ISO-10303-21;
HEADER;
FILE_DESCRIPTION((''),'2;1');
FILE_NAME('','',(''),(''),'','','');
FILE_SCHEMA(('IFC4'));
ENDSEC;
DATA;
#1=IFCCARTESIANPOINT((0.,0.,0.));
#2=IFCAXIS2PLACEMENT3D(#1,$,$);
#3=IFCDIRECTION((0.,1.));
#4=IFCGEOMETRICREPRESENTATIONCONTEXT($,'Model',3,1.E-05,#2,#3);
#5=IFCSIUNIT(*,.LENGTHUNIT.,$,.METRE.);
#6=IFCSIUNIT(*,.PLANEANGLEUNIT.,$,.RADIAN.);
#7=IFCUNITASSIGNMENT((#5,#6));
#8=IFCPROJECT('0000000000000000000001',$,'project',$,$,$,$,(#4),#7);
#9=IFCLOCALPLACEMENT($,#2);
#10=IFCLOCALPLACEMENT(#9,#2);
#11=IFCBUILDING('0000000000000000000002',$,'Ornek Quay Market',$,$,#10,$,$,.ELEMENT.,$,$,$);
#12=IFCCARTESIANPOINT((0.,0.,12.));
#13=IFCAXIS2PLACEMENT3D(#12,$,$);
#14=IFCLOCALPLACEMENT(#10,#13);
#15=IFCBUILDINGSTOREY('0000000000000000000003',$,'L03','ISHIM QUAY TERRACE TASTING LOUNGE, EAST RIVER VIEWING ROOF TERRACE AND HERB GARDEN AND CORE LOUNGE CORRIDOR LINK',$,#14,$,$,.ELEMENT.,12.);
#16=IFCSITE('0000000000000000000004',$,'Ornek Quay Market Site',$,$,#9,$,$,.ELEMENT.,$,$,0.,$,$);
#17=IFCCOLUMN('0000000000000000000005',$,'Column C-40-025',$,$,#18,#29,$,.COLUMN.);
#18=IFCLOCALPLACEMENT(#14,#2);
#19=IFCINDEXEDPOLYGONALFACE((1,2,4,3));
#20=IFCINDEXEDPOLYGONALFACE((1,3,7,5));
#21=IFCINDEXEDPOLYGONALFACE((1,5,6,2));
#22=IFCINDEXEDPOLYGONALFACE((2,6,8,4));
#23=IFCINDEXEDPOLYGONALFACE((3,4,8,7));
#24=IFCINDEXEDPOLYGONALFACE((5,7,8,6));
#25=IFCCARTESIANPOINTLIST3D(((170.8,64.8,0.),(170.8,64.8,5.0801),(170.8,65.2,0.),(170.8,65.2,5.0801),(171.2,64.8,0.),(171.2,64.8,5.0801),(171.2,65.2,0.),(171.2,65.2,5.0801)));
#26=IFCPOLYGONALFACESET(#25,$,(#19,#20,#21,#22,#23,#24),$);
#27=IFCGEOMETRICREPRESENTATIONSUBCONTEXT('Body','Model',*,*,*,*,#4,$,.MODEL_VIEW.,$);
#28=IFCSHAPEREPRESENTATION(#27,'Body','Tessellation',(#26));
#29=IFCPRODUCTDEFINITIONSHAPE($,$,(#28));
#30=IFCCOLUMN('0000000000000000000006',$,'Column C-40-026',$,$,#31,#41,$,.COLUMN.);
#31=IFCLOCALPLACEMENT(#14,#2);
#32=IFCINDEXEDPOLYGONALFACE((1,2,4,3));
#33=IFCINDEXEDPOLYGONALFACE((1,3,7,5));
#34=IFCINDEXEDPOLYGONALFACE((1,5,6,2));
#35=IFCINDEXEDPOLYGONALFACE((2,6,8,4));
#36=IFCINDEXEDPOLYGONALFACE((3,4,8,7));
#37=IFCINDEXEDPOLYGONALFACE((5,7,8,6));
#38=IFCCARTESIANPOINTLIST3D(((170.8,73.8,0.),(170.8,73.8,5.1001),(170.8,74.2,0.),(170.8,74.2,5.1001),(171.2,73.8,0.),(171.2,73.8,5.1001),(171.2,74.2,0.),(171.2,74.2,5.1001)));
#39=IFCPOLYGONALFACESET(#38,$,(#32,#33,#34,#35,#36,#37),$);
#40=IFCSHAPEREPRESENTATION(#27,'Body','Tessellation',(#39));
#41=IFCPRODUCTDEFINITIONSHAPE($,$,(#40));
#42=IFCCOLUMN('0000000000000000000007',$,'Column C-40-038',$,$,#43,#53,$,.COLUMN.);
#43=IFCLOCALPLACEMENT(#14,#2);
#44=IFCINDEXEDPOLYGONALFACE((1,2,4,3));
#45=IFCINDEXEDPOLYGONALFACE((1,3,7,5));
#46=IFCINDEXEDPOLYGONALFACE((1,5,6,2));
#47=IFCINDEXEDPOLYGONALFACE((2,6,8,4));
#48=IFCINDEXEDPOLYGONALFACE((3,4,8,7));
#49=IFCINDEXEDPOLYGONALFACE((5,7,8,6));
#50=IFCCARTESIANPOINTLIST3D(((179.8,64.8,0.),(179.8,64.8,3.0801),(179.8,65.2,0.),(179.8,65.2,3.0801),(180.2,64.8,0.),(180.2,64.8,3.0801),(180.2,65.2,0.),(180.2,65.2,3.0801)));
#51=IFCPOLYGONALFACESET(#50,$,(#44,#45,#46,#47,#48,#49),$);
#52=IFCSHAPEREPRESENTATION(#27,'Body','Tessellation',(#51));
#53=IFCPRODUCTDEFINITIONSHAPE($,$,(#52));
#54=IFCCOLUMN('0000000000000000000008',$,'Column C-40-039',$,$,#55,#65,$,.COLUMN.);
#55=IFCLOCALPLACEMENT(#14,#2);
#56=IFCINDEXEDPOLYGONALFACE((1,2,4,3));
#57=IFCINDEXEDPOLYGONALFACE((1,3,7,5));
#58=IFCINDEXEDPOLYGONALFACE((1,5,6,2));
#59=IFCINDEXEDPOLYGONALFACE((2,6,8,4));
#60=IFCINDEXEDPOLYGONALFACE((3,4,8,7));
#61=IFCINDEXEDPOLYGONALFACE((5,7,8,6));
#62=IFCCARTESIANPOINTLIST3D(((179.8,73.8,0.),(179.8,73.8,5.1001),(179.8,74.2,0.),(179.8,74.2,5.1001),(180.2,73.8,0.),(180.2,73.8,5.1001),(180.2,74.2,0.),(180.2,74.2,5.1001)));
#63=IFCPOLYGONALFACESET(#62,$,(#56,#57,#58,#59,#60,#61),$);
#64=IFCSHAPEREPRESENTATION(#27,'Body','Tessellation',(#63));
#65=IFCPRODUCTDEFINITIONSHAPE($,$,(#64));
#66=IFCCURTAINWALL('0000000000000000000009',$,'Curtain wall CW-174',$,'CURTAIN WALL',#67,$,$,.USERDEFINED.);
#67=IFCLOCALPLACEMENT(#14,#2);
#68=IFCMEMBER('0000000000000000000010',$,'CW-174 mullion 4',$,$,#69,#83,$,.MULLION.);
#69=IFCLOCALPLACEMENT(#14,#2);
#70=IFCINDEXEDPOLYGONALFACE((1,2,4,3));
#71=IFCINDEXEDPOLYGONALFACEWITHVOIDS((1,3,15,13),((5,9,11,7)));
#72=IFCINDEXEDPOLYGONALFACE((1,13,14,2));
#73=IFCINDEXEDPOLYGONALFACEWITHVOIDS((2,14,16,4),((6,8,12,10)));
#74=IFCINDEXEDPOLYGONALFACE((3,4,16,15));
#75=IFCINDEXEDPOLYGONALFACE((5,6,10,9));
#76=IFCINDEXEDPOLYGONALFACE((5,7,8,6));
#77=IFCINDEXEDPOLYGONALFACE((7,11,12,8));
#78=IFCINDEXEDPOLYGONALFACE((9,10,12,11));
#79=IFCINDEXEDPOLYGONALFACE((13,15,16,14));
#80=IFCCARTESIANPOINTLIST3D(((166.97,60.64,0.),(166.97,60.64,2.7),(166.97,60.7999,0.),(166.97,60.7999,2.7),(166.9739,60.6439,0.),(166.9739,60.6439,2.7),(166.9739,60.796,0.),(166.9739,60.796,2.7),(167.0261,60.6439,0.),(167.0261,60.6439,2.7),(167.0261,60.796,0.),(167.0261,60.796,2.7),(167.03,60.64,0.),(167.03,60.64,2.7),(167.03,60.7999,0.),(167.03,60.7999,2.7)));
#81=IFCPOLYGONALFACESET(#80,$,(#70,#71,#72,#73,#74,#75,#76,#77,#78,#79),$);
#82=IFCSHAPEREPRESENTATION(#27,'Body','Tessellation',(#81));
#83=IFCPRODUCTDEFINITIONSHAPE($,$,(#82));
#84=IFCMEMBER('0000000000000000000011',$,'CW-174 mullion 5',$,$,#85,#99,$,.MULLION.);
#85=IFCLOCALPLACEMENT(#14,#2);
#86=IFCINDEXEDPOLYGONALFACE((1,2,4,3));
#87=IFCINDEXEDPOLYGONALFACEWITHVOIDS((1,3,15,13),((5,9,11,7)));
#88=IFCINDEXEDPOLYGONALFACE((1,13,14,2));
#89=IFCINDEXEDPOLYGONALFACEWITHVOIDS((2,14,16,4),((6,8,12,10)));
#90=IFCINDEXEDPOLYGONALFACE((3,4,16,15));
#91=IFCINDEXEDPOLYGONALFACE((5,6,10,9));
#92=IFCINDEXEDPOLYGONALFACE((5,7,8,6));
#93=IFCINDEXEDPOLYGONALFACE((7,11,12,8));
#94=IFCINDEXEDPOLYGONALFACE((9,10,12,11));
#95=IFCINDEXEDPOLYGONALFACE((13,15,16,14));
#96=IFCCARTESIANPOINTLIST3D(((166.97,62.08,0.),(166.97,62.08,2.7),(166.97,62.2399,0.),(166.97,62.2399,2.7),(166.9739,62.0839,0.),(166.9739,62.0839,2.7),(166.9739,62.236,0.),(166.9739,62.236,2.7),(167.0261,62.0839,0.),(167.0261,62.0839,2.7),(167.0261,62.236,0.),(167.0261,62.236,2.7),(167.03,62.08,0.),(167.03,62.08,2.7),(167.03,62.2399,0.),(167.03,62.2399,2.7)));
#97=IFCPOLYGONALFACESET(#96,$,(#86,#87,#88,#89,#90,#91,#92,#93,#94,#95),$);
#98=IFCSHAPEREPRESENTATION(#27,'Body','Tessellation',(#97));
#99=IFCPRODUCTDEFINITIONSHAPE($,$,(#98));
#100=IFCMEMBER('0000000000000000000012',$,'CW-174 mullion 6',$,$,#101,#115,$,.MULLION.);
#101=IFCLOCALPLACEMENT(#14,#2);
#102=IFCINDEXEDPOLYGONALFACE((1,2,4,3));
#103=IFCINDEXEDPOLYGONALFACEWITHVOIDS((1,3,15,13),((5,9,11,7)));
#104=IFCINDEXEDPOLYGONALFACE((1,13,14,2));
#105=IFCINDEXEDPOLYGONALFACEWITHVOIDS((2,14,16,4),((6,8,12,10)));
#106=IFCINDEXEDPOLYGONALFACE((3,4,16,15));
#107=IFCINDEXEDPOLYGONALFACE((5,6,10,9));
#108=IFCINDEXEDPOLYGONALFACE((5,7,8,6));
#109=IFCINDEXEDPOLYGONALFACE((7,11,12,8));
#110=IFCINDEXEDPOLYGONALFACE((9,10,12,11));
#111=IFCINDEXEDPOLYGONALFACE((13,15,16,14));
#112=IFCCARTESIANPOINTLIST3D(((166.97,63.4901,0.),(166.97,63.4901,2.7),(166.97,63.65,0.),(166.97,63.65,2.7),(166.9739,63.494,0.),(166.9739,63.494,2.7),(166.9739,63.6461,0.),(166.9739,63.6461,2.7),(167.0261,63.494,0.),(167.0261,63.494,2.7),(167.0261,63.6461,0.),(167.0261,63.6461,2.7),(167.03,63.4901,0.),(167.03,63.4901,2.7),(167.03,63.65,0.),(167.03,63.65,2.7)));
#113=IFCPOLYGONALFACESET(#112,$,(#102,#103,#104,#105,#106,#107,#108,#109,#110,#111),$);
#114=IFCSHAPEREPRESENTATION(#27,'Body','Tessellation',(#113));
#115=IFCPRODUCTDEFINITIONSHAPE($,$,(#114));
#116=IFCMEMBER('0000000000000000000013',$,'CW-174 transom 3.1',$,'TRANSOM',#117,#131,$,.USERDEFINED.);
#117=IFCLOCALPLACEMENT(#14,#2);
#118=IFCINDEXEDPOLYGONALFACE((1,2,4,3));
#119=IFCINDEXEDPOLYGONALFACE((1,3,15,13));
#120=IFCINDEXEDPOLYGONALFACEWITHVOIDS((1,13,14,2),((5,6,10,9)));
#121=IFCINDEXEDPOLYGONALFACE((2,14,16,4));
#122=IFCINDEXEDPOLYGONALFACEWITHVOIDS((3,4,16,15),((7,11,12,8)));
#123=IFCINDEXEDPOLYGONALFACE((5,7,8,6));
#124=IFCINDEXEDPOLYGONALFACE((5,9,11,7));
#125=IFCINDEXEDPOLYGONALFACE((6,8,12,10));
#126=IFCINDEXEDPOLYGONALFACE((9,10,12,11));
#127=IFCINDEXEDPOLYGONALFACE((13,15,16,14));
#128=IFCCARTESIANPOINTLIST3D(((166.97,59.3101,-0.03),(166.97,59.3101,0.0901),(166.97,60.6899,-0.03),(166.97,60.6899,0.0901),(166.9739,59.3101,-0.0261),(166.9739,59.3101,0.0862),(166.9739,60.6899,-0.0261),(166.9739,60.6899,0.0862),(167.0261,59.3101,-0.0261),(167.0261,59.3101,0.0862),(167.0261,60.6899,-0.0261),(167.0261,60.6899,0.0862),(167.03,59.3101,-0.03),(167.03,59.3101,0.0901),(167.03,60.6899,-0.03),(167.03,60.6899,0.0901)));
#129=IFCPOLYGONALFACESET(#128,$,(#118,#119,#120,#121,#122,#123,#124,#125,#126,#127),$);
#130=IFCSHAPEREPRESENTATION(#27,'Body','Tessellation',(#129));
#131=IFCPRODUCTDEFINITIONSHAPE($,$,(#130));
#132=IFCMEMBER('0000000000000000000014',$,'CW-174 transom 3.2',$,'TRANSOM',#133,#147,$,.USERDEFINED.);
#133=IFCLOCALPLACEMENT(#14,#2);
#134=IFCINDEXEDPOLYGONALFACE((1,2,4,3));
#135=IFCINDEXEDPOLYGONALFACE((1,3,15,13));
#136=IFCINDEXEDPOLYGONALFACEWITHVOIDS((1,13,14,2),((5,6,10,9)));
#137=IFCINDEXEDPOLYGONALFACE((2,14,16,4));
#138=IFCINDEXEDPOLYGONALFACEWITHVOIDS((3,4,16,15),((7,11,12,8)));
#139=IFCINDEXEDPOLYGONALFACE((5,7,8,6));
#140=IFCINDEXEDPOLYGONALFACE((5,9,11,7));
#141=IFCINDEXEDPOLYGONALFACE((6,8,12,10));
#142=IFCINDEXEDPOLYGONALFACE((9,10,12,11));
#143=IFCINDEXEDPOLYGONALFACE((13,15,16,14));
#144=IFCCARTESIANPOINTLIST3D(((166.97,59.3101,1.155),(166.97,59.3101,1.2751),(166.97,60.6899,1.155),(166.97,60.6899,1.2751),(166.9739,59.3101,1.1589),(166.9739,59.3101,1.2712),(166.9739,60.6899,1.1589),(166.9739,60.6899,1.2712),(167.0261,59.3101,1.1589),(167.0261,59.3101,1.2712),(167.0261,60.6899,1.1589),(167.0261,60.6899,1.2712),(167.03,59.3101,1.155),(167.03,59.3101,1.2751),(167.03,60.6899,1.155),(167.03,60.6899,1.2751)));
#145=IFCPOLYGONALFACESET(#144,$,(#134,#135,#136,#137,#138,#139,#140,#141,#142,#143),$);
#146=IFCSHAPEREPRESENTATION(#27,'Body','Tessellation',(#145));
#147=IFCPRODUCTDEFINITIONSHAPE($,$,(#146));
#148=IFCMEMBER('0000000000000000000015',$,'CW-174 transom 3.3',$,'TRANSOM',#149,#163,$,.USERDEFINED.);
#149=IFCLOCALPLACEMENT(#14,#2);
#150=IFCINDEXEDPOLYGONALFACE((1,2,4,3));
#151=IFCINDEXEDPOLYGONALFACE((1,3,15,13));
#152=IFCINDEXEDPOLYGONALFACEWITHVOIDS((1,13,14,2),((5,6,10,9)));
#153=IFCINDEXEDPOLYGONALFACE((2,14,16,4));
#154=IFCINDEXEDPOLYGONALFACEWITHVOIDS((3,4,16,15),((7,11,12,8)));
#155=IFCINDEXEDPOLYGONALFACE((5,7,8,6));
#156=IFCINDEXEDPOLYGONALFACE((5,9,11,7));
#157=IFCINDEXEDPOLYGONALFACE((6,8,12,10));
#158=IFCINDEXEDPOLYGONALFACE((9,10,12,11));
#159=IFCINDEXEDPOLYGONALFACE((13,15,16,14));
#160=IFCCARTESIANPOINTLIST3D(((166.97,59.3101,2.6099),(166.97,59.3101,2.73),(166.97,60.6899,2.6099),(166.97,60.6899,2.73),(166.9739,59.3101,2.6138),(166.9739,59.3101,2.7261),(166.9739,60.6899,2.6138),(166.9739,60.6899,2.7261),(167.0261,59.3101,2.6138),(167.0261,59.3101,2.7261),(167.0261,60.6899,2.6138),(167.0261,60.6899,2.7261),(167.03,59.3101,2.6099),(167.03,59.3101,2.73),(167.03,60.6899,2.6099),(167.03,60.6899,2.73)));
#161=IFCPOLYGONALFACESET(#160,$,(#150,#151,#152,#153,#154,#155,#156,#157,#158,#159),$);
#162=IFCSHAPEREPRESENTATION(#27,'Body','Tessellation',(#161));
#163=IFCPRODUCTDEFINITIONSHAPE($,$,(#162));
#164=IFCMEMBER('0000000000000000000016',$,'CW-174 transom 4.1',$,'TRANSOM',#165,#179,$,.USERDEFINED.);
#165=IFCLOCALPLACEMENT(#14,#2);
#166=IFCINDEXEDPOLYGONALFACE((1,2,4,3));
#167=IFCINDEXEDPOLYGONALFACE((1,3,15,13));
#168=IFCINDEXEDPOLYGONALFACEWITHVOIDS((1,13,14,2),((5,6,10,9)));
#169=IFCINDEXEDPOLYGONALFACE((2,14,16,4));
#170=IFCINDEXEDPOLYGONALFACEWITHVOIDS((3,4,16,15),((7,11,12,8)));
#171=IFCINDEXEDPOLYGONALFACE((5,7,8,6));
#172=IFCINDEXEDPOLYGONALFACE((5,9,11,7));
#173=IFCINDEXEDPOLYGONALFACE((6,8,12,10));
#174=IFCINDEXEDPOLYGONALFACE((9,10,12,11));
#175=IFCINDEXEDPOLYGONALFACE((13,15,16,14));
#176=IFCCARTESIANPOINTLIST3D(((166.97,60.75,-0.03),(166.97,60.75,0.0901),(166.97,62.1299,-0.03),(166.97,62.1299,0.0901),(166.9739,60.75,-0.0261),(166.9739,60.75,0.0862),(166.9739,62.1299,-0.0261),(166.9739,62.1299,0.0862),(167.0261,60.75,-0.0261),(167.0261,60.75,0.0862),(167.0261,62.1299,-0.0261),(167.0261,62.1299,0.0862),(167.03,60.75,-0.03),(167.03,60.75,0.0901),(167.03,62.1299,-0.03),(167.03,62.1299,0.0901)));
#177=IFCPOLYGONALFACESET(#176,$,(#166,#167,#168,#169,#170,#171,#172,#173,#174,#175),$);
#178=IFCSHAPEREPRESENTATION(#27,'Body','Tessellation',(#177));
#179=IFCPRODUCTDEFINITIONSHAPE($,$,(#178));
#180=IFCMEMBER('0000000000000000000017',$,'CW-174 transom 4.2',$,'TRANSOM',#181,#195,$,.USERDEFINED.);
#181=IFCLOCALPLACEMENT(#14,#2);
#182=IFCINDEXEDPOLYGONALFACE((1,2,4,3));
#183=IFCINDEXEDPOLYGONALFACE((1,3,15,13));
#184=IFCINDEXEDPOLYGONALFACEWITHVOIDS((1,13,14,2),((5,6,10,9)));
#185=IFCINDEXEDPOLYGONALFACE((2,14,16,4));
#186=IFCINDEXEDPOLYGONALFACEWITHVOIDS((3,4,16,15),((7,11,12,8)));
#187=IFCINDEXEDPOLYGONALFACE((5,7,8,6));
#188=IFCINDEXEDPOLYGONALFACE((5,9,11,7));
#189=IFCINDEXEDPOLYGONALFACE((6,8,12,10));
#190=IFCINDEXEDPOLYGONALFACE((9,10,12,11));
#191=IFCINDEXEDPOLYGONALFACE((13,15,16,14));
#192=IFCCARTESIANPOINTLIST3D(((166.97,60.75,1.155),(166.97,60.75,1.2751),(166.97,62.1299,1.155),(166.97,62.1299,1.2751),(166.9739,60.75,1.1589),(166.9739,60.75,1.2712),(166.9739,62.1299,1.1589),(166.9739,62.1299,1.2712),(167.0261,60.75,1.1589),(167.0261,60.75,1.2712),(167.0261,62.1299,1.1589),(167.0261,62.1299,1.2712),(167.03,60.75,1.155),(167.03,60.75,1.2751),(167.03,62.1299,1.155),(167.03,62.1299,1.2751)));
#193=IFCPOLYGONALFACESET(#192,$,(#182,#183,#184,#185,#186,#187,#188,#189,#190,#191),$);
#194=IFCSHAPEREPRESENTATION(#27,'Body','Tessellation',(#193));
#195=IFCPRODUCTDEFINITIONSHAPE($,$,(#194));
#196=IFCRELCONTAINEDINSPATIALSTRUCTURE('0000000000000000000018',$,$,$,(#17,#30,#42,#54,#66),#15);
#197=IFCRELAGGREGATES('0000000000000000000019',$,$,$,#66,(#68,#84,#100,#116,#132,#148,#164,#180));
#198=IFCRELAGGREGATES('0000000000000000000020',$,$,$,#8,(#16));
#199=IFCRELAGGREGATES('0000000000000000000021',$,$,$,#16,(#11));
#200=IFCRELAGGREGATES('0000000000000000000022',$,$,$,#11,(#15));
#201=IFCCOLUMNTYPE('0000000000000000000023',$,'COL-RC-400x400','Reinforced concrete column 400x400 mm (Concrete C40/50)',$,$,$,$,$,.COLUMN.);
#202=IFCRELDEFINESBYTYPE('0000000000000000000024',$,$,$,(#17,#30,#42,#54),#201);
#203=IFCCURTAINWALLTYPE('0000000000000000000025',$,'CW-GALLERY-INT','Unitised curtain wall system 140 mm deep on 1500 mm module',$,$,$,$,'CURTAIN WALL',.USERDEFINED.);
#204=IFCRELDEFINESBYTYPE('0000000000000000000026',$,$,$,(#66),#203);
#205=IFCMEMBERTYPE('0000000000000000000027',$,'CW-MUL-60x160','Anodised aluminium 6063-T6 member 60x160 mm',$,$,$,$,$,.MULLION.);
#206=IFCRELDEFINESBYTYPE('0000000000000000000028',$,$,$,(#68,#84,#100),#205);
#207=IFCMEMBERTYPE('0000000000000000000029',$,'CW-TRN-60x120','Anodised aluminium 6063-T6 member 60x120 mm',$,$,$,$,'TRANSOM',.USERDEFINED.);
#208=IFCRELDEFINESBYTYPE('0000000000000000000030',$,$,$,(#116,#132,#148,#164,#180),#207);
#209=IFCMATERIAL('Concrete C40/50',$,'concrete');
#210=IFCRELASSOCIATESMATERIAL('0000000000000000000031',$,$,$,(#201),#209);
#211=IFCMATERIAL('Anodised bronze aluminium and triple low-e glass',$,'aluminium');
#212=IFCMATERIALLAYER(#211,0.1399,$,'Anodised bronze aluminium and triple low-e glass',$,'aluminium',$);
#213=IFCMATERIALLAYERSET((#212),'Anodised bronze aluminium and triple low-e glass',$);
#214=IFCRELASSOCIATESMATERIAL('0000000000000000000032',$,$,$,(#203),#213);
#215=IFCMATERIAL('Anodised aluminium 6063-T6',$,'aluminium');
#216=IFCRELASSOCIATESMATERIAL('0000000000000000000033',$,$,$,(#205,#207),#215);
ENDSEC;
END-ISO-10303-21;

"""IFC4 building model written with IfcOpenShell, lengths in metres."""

from ifc_helpers import new_model, si_unit, direction, frame, origin, origin_2d, place, context, subcontext, project, spatial, rectangle, hollow_rectangle, extrude, material, layer, layer_set, material_profile, profile_set, type_object, element, aggregate, save


model = new_model("IFC4")

# Units and contexts
model_context = context("Model", 3, precision=1e-05, world=origin(), true_north=direction((0.0, 1.0)))
body_context = subcontext(model_context, "Body", "Model", "MODEL_VIEW")
ifc_project = project(units=[si_unit("LENGTHUNIT", "METRE"), si_unit("PLANEANGLEUNIT", "RADIAN")], contexts=[model_context])

# Site, building, storey
site_placement = place(None, origin())
site = spatial("IfcSite", under=ifc_project, at=site_placement, Name="Ornek Quay Market Site", CompositionType="ELEMENT", RefElevation=0.0)
building_placement = place(site_placement, origin())
building = spatial("IfcBuilding", under=site, at=building_placement, Name="Ornek Quay Market", CompositionType="ELEMENT")
storey_placement = place(building_placement, frame((0.0, 0.0, 12.0)))
storey = spatial("IfcBuildingStorey", under=building, at=storey_placement, Name="L03", Description="ISHIM QUAY TERRACE TASTING LOUNGE, EAST RIVER VIEWING ROOF TERRACE AND HERB GARDEN AND CORE LOUNGE CORRIDOR LINK", CompositionType="ELEMENT", Elevation=12.0)

# Columns
ifc_material_1 = material(Name="Concrete C40/50", Category="concrete")
ifc_material_profile_1 = material_profile(ifc_material_1, rectangle(XDim=0.3999, YDim=0.3999, at=origin_2d()), Name="RC 400x400", Category="concrete")
ifc_profile_set_1 = profile_set([ifc_material_profile_1], Name="Concrete C40/50")
column_type = type_object("IfcColumnType", Name="COL-RC-400x400", Description="Reinforced concrete column 400x400 mm (Concrete C40/50)", PredefinedType="COLUMN", material=ifc_profile_set_1)
column_1_placement = place(storey_placement, frame((171.0, 65.0, 0.0), z_axis=(0.0, 0.0, 1.0), x_axis=(1.0, 0.0, 0.0)))
element("IfcColumn", 1, at=column_1_placement, inside=storey, type_object=column_type, Name="Column C-40-025", PredefinedType="COLUMN", context=body_context, shape_type="SweptSolid", body=[
    extrude(rectangle(XDim=0.3999, YDim=0.3999, at=origin_2d()), origin(), (0.0, 0.0, 1.0), 5.0801),
])
column_2_placement = place(storey_placement, frame((171.0, 74.0, 0.0), z_axis=(0.0, 0.0, 1.0), x_axis=(1.0, 0.0, 0.0)))
element("IfcColumn", 2, at=column_2_placement, inside=storey, type_object=column_type, Name="Column C-40-026", PredefinedType="COLUMN", context=body_context, shape_type="SweptSolid", body=[
    extrude(rectangle(XDim=0.3999, YDim=0.3999, at=origin_2d()), origin(), (0.0, 0.0, 1.0), 5.1001),
])
column_3_placement = place(storey_placement, frame((180.0, 65.0, 0.0), z_axis=(0.0, 0.0, 1.0), x_axis=(1.0, 0.0, 0.0)))
element("IfcColumn", 3, at=column_3_placement, inside=storey, type_object=column_type, Name="Column C-40-038", PredefinedType="COLUMN", context=body_context, shape_type="SweptSolid", body=[
    extrude(rectangle(XDim=0.3999, YDim=0.3999, at=origin_2d()), origin(), (0.0, 0.0, 1.0), 3.0801),
])
column_4_placement = place(storey_placement, frame((180.0, 74.0, 0.0), z_axis=(0.0, 0.0, 1.0), x_axis=(1.0, 0.0, 0.0)))
element("IfcColumn", 4, at=column_4_placement, inside=storey, type_object=column_type, Name="Column C-40-039", PredefinedType="COLUMN", context=body_context, shape_type="SweptSolid", body=[
    extrude(rectangle(XDim=0.3999, YDim=0.3999, at=origin_2d()), origin(), (0.0, 0.0, 1.0), 5.1001),
])

# Curtain wall, members
ifc_material_2 = material(Name="Anodised bronze aluminium and triple low-e glass", Category="aluminium")
ifc_layer_1 = layer(ifc_material_2, 0.1399, Name="Anodised bronze aluminium and triple low-e glass", Category="aluminium")
ifc_layer_set_1 = layer_set([ifc_layer_1], Name="Anodised bronze aluminium and triple low-e glass")
curtain_wall_type = type_object("IfcCurtainWallType", Name="CW-GALLERY-INT", Description="Unitised curtain wall system 140 mm deep on 1500 mm module", ElementType="CURTAIN WALL", PredefinedType="USERDEFINED", material=ifc_layer_set_1)
curtain_wall_placement = place(storey_placement, origin())
curtain_wall = element("IfcCurtainWall", 5, at=curtain_wall_placement, inside=storey, type_object=curtain_wall_type, Name="Curtain wall CW-174", ObjectType="CURTAIN WALL", PredefinedType="USERDEFINED")
ifc_material_3 = material(Name="Anodised aluminium 6063-T6", Category="aluminium")
ifc_material_profile_2 = material_profile(ifc_material_3, hollow_rectangle(XDim=0.0601, YDim=0.1599, WallThickness=0.0039, at=origin_2d()), Name="CW-MUL-60x160", Category="aluminium")
ifc_profile_set_2 = profile_set([ifc_material_profile_2], Name="Anodised aluminium 6063-T6")
member_type_1 = type_object("IfcMemberType", Name="CW-MUL-60x160", Description="Anodised aluminium 6063-T6 member 60x160 mm", PredefinedType="MULLION", material=ifc_profile_set_2)
member_1_placement = place(storey_placement, frame((167.0, 60.72, 0.0), z_axis=(0.0, 0.0, 1.0), x_axis=(-1.0, 0.0, 0.0)))
member_1 = element("IfcMember", 6, at=member_1_placement, type_object=member_type_1, Name="CW-174 mullion 4", PredefinedType="MULLION", context=body_context, shape_type="SweptSolid", body=[
    extrude(hollow_rectangle(XDim=0.0601, YDim=0.1599, WallThickness=0.0039, at=origin_2d()), origin(), (0.0, 0.0, 1.0), 2.7),
])
member_2_placement = place(storey_placement, frame((167.0, 62.1599, 0.0), z_axis=(0.0, 0.0, 1.0), x_axis=(-1.0, 0.0, 0.0)))
member_2 = element("IfcMember", 7, at=member_2_placement, type_object=member_type_1, Name="CW-174 mullion 5", PredefinedType="MULLION", context=body_context, shape_type="SweptSolid", body=[
    extrude(hollow_rectangle(XDim=0.0601, YDim=0.1599, WallThickness=0.0039, at=origin_2d()), origin(), (0.0, 0.0, 1.0), 2.7),
])
member_3_placement = place(storey_placement, frame((167.0, 63.5701, 0.0), z_axis=(0.0, 0.0, 1.0), x_axis=(-1.0, 0.0, 0.0)))
member_3 = element("IfcMember", 8, at=member_3_placement, type_object=member_type_1, Name="CW-174 mullion 6", PredefinedType="MULLION", context=body_context, shape_type="SweptSolid", body=[
    extrude(hollow_rectangle(XDim=0.0601, YDim=0.1599, WallThickness=0.0039, at=origin_2d()), origin(), (0.0, 0.0, 1.0), 2.7),
])
ifc_material_profile_3 = material_profile(ifc_material_3, hollow_rectangle(XDim=0.0601, YDim=0.1201, WallThickness=0.0039, at=origin_2d()), Name="CW-TRN-60x120", Category="aluminium")
ifc_profile_set_3 = profile_set([ifc_material_profile_3], Name="Anodised aluminium 6063-T6")
member_type_2 = type_object("IfcMemberType", Name="CW-TRN-60x120", Description="Anodised aluminium 6063-T6 member 60x120 mm", ElementType="TRANSOM", PredefinedType="USERDEFINED", material=ifc_profile_set_3)
member_4_placement = place(storey_placement, frame((167.0, 59.3101, 0.03), z_axis=(0.0, 1.0, 0.0), x_axis=(-1.0, 0.0, 0.0)))
member_4 = element("IfcMember", 9, at=member_4_placement, type_object=member_type_2, Name="CW-174 transom 3.1", ObjectType="TRANSOM", PredefinedType="USERDEFINED", context=body_context, shape_type="SweptSolid", body=[
    extrude(hollow_rectangle(XDim=0.0601, YDim=0.1201, WallThickness=0.0039, at=origin_2d()), origin(), (0.0, 0.0, 1.0), 1.3799),
])
member_5_placement = place(storey_placement, frame((167.0, 59.3101, 1.2151), z_axis=(0.0, 1.0, 0.0), x_axis=(-1.0, 0.0, 0.0)))
member_5 = element("IfcMember", 10, at=member_5_placement, type_object=member_type_2, Name="CW-174 transom 3.2", ObjectType="TRANSOM", PredefinedType="USERDEFINED", context=body_context, shape_type="SweptSolid", body=[
    extrude(hollow_rectangle(XDim=0.0601, YDim=0.1201, WallThickness=0.0039, at=origin_2d()), origin(), (0.0, 0.0, 1.0), 1.3799),
])
member_6_placement = place(storey_placement, frame((167.0, 59.3101, 2.6699), z_axis=(0.0, 1.0, 0.0), x_axis=(-1.0, 0.0, 0.0)))
member_6 = element("IfcMember", 11, at=member_6_placement, type_object=member_type_2, Name="CW-174 transom 3.3", ObjectType="TRANSOM", PredefinedType="USERDEFINED", context=body_context, shape_type="SweptSolid", body=[
    extrude(hollow_rectangle(XDim=0.0601, YDim=0.1201, WallThickness=0.0039, at=origin_2d()), origin(), (0.0, 0.0, 1.0), 1.3799),
])
member_7_placement = place(storey_placement, frame((167.0, 60.75, 0.03), z_axis=(0.0, 1.0, 0.0), x_axis=(-1.0, 0.0, 0.0)))
member_7 = element("IfcMember", 12, at=member_7_placement, type_object=member_type_2, Name="CW-174 transom 4.1", ObjectType="TRANSOM", PredefinedType="USERDEFINED", context=body_context, shape_type="SweptSolid", body=[
    extrude(hollow_rectangle(XDim=0.0601, YDim=0.1201, WallThickness=0.0039, at=origin_2d()), origin(), (0.0, 0.0, 1.0), 1.3799),
])
member_8_placement = place(storey_placement, frame((167.0, 60.75, 1.2151), z_axis=(0.0, 1.0, 0.0), x_axis=(-1.0, 0.0, 0.0)))
member_8 = element("IfcMember", 13, at=member_8_placement, type_object=member_type_2, Name="CW-174 transom 4.2", ObjectType="TRANSOM", PredefinedType="USERDEFINED", context=body_context, shape_type="SweptSolid", body=[
    extrude(hollow_rectangle(XDim=0.0601, YDim=0.1201, WallThickness=0.0039, at=origin_2d()), origin(), (0.0, 0.0, 1.0), 1.3799),
])
aggregate(curtain_wall, [member_1, member_2, member_3, member_4, member_5, member_6, member_7, member_8])

save(model, "model.ifc")
